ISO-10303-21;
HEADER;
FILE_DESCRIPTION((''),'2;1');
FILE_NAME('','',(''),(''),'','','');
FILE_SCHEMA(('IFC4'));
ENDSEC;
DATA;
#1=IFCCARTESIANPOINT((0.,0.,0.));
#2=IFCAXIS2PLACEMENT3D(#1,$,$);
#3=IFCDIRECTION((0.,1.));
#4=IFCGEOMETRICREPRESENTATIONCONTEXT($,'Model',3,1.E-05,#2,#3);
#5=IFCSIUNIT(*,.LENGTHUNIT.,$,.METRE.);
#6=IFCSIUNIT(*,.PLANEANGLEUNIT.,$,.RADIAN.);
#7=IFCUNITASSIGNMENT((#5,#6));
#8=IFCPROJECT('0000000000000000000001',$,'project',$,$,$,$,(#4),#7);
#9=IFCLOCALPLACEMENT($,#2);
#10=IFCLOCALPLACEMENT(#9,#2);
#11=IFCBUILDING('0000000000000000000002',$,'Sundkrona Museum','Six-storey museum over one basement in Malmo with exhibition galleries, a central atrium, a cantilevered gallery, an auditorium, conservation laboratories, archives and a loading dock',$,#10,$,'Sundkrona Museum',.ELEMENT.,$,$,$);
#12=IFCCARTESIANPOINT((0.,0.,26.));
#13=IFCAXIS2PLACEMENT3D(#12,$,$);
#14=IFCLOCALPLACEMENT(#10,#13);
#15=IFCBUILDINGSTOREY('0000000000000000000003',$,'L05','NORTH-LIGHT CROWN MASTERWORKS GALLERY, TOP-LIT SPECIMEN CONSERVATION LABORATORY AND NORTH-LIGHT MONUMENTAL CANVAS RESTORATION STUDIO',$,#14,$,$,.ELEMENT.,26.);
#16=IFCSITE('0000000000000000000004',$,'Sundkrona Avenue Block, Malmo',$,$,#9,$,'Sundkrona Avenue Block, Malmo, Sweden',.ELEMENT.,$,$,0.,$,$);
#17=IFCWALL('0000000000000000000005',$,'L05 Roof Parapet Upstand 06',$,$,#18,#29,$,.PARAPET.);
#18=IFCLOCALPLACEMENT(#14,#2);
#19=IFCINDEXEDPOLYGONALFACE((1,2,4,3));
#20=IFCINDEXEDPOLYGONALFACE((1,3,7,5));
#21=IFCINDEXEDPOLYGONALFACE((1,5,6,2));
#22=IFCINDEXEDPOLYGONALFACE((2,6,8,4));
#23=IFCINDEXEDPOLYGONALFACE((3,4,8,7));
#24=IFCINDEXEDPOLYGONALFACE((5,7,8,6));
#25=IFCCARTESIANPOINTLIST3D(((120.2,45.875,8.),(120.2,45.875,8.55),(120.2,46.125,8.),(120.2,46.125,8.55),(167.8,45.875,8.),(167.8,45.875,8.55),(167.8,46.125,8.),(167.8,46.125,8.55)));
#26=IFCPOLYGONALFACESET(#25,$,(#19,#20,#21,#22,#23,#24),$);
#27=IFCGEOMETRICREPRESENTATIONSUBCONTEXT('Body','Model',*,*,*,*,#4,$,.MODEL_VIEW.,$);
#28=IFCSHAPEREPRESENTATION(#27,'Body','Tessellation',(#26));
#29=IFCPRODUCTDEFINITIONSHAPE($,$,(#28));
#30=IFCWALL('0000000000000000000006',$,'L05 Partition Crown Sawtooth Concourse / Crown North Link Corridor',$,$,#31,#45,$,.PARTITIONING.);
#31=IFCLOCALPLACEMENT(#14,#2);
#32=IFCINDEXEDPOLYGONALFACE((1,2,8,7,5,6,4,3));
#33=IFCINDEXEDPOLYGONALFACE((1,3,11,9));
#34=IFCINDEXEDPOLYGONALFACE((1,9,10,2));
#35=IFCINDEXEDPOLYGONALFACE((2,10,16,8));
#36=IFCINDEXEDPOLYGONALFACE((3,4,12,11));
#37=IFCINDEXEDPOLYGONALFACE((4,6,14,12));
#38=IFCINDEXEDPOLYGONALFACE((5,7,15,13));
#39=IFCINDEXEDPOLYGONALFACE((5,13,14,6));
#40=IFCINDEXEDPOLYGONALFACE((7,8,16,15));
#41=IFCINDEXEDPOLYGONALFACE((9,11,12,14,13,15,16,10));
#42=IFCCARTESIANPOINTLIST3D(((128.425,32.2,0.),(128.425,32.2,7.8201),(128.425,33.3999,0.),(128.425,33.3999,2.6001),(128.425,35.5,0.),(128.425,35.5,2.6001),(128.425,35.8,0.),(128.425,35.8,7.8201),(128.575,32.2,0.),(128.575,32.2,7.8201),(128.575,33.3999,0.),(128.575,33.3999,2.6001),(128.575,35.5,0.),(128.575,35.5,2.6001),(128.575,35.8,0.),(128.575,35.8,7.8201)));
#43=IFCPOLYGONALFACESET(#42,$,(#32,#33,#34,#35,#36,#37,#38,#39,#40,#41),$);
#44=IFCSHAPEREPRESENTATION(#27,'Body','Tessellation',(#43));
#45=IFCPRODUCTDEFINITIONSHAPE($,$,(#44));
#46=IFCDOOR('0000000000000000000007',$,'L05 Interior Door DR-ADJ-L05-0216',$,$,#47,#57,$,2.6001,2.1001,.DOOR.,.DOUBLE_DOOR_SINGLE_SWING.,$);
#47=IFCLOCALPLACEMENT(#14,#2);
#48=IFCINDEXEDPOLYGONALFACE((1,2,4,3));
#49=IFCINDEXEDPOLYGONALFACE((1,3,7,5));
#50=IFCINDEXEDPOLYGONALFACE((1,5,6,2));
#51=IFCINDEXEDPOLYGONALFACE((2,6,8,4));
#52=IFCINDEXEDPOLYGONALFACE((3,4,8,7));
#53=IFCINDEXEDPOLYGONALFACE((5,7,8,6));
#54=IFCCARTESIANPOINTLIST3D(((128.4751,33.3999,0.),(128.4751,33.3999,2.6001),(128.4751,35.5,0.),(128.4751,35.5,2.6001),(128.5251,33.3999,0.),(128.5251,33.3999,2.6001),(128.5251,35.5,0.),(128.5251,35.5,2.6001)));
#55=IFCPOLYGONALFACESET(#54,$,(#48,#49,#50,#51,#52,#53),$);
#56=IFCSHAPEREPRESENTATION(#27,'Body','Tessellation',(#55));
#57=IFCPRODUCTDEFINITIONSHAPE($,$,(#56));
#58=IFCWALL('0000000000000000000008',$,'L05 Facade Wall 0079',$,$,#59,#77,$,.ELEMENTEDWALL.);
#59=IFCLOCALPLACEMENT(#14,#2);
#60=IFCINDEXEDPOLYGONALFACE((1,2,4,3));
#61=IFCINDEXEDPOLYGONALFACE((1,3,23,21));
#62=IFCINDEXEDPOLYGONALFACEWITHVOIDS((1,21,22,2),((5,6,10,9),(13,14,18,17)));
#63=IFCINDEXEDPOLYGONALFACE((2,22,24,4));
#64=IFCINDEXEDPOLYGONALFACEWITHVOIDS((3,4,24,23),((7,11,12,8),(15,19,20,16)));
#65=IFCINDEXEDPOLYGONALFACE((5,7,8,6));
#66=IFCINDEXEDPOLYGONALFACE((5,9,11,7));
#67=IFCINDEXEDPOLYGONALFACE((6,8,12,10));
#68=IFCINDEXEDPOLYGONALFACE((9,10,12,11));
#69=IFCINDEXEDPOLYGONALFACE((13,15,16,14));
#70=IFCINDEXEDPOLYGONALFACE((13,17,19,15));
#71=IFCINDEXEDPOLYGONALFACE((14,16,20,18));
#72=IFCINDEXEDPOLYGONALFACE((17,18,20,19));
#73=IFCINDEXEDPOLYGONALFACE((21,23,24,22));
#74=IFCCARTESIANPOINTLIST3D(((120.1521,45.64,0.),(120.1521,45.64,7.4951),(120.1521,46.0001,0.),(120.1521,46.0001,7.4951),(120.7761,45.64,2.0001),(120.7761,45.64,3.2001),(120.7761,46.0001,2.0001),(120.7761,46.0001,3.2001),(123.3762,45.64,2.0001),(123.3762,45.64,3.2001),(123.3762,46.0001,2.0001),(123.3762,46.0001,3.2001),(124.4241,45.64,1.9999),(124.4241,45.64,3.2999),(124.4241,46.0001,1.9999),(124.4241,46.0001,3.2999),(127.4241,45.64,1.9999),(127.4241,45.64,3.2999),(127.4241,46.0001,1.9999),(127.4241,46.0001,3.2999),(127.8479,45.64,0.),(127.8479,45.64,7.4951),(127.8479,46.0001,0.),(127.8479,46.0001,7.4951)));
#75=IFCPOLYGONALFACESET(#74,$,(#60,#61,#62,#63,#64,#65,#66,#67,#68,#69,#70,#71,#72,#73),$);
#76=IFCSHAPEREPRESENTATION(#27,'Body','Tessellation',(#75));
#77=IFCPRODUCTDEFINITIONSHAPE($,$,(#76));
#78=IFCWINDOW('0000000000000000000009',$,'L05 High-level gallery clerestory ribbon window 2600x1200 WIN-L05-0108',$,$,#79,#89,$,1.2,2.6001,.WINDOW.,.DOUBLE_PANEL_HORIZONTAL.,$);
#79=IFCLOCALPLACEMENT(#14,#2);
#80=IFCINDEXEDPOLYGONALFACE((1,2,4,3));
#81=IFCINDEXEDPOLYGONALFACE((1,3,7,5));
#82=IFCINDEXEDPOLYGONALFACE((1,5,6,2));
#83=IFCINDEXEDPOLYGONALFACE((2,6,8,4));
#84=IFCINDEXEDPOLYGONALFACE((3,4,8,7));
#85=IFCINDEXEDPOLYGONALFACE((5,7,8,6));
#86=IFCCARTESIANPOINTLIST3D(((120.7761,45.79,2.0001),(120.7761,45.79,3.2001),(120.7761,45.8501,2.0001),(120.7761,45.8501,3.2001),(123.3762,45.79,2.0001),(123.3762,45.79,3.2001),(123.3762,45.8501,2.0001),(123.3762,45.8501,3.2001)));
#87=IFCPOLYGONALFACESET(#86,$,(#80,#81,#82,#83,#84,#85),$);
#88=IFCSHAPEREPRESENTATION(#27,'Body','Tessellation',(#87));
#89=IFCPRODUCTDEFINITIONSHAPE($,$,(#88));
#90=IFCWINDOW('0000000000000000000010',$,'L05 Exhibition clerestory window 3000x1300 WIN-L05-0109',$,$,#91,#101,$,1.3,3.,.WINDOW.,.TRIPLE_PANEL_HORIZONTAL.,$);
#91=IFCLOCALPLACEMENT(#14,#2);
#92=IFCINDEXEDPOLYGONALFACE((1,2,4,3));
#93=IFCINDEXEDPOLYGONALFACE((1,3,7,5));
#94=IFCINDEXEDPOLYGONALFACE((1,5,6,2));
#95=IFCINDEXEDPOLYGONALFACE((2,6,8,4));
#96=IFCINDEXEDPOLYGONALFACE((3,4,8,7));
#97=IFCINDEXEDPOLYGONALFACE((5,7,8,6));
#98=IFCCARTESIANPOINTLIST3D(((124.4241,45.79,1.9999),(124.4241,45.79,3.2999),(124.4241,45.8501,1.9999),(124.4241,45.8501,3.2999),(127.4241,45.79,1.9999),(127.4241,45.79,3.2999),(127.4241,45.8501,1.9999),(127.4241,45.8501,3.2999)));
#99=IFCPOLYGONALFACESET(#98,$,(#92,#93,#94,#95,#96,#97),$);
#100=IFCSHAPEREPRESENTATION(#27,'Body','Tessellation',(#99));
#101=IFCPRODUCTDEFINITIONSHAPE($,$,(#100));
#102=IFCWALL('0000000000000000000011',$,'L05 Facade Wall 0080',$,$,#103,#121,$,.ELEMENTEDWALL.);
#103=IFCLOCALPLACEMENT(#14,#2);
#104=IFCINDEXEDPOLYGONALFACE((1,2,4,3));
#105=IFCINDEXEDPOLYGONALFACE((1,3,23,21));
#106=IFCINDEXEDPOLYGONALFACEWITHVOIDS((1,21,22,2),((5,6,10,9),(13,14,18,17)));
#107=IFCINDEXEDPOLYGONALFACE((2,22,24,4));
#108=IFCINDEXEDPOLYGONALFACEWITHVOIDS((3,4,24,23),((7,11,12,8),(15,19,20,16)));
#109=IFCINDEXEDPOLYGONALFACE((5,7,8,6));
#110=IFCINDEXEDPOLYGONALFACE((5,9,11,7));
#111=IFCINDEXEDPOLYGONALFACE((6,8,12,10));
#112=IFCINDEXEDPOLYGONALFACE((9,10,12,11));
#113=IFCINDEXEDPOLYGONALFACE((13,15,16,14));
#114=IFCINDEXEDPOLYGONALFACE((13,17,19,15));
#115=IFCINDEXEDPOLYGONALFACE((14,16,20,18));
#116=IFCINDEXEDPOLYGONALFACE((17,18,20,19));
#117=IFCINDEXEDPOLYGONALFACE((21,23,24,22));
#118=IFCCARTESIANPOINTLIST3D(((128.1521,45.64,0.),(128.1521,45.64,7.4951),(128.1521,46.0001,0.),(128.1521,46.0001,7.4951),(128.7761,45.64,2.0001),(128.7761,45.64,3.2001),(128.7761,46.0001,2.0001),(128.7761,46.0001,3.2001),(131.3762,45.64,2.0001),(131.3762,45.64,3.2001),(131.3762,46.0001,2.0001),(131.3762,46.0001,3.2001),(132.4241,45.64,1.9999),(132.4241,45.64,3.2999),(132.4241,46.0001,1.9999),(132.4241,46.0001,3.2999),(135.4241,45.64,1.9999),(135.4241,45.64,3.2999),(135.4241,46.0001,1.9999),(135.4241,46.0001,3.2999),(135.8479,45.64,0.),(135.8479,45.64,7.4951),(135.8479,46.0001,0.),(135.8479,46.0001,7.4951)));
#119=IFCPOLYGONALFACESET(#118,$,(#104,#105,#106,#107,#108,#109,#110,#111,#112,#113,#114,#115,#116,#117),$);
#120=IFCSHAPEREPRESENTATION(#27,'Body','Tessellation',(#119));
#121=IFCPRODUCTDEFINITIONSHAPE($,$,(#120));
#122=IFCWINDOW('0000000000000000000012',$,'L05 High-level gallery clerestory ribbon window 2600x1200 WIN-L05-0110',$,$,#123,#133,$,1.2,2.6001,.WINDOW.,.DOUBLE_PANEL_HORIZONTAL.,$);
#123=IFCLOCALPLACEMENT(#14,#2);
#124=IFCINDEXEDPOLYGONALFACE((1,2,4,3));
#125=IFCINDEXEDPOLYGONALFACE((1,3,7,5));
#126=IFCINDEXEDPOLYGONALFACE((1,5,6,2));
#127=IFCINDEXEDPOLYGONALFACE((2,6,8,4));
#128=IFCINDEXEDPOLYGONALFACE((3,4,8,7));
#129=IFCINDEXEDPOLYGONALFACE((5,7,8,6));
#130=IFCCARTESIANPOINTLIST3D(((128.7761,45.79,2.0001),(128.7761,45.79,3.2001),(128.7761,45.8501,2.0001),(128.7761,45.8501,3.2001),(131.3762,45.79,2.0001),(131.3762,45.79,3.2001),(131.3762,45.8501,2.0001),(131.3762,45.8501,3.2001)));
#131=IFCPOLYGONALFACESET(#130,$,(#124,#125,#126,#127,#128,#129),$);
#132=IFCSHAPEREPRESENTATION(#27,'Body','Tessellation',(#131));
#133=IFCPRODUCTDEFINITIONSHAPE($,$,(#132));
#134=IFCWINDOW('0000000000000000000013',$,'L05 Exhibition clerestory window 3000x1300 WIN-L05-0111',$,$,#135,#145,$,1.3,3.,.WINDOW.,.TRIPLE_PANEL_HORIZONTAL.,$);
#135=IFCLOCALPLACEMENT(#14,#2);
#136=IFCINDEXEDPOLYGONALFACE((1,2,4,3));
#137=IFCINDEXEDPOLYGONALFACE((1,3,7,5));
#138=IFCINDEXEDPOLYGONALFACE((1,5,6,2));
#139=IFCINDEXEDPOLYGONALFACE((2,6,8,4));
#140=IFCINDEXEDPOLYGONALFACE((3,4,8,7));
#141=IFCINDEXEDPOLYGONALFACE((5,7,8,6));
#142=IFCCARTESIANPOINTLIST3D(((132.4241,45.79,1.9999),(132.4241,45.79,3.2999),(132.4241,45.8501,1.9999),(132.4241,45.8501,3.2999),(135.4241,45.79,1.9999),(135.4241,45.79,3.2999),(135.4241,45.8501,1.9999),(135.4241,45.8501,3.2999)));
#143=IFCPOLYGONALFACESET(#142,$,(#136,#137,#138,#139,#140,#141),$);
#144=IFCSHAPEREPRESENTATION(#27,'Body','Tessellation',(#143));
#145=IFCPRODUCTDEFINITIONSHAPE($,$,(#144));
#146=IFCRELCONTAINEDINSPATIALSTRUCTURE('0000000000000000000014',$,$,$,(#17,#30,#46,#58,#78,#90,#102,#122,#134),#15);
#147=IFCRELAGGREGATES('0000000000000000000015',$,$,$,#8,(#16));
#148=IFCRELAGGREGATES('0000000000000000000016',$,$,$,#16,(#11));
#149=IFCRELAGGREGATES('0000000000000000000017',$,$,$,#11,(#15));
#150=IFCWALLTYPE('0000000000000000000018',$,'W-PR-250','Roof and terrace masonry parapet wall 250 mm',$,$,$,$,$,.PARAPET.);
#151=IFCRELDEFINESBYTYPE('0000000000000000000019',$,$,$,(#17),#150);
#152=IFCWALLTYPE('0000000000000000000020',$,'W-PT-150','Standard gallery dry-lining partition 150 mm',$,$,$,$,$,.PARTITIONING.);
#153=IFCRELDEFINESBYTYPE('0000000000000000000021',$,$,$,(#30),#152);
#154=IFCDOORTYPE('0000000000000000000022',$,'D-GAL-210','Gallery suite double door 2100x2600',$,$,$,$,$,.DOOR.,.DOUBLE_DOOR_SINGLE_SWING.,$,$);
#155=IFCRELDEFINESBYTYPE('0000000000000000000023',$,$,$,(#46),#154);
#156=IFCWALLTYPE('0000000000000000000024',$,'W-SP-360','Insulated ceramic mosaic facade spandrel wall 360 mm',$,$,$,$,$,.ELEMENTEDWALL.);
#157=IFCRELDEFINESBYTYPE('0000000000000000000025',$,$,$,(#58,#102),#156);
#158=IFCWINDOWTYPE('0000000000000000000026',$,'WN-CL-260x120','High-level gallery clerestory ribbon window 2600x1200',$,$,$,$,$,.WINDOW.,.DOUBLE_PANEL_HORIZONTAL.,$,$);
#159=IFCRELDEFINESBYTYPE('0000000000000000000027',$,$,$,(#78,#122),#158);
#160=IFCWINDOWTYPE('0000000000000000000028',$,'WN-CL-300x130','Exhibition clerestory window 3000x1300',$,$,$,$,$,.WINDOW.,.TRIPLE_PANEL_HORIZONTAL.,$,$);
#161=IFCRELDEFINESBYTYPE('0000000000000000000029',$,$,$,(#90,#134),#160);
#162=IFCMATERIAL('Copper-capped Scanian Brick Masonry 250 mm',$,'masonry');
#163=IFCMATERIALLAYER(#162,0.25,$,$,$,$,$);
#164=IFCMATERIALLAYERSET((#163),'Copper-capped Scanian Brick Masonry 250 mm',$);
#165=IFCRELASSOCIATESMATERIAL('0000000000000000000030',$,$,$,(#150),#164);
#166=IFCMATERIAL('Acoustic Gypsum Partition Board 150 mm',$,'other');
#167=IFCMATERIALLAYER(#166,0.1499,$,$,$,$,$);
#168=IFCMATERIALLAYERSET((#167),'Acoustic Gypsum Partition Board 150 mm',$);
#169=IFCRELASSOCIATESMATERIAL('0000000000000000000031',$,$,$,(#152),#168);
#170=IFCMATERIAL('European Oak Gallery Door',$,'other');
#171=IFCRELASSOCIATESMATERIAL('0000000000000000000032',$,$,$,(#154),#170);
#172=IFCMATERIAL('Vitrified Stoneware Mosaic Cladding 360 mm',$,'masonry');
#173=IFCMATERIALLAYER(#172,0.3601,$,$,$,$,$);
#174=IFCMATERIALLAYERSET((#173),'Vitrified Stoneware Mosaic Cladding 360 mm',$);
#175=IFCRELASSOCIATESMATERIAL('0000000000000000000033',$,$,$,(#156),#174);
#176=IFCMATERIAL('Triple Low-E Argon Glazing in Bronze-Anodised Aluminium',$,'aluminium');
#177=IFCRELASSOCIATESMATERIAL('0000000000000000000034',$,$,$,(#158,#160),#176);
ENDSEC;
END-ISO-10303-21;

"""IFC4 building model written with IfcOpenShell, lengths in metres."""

from ifc_helpers import new_model, si_unit, direction, frame, frame_2d, origin, place, context, subcontext, project, spatial, rectangle, extrude, material, layer, layer_set, type_object, element, fill, save


model = new_model("IFC4")

# Units and contexts
model_context = context("Model", 3, precision=1e-05, world=origin(), true_north=direction((0.0, 1.0)))
body_context = subcontext(model_context, "Body", "Model", "MODEL_VIEW")
ifc_project = project(units=[si_unit("LENGTHUNIT", "METRE"), si_unit("PLANEANGLEUNIT", "RADIAN")], contexts=[model_context])

# Site, building, storey
site_placement = place(None, origin())
site = spatial("IfcSite", under=ifc_project, at=site_placement, Name="Sundkrona Avenue Block, Malmo", LongName="Sundkrona Avenue Block, Malmo, Sweden", CompositionType="ELEMENT", RefElevation=0.0)
building_placement = place(site_placement, origin())
building = spatial("IfcBuilding", under=site, at=building_placement, Name="Sundkrona Museum", Description="Six-storey museum over one basement in Malmo with exhibition galleries, a central atrium, a cantilevered gallery, an auditorium, conservation laboratories, archives and a loading dock", LongName="Sundkrona Museum", CompositionType="ELEMENT")
storey_placement = place(building_placement, frame((0.0, 0.0, 26.0)))
storey = spatial("IfcBuildingStorey", under=building, at=storey_placement, Name="L05", Description="NORTH-LIGHT CROWN MASTERWORKS GALLERY, TOP-LIT SPECIMEN CONSERVATION LABORATORY AND NORTH-LIGHT MONUMENTAL CANVAS RESTORATION STUDIO", CompositionType="ELEMENT", Elevation=26.0)

# Shared definitions
ifc_material_1 = material(Name="Triple Low-E Argon Glazing in Bronze-Anodised Aluminium", Category="aluminium")

# Wall
ifc_material_2 = material(Name="Copper-capped Scanian Brick Masonry 250 mm", Category="masonry")
ifc_layer_1 = layer(ifc_material_2, 0.25)
ifc_layer_set_1 = layer_set([ifc_layer_1], Name="Copper-capped Scanian Brick Masonry 250 mm")
wall_type_1 = type_object("IfcWallType", Name="W-PR-250", Description="Roof and terrace masonry parapet wall 250 mm", PredefinedType="PARAPET", material=ifc_layer_set_1)
wall_1_placement = place(storey_placement, frame((120.2, 46.0, 8.0), z_axis=(0.0, 0.0, 1.0), x_axis=(1.0, 0.0, 0.0)))
element("IfcWall", 1, at=wall_1_placement, inside=storey, type_object=wall_type_1, Name="L05 Roof Parapet Upstand 06", PredefinedType="PARAPET", context=body_context, shape_type="SweptSolid", body=[
    extrude(rectangle(XDim=47.6001, YDim=0.25, at=frame_2d((23.8, 0.0))), origin(), (0.0, 0.0, 1.0), 0.55),
])

# Wall, opening, door
ifc_material_3 = material(Name="Acoustic Gypsum Partition Board 150 mm", Category="other")
ifc_layer_2 = layer(ifc_material_3, 0.1499)
ifc_layer_set_2 = layer_set([ifc_layer_2], Name="Acoustic Gypsum Partition Board 150 mm")
wall_type_2 = type_object("IfcWallType", Name="W-PT-150", Description="Standard gallery dry-lining partition 150 mm", PredefinedType="PARTITIONING", material=ifc_layer_set_2)
wall_2_placement = place(storey_placement, frame((128.5, 32.2, 0.0), z_axis=(0.0, 0.0, 1.0), x_axis=(0.0, 1.0, 0.0)))
wall_2 = element("IfcWall", 2, at=wall_2_placement, inside=storey, type_object=wall_type_2, Name="L05 Partition Crown Sawtooth Concourse / Crown North Link Corridor", PredefinedType="PARTITIONING", context=body_context, shape_type="SweptSolid", body=[
    extrude(rectangle(XDim=3.6001, YDim=0.1499, at=frame_2d((1.8, 0.0))), origin(), (0.0, 0.0, 1.0), 7.8201),
])
opening_1_placement = place(wall_2_placement, frame((1.2, 0.0, 0.0)))
opening_1 = element("IfcOpeningElement", 3, at=opening_1_placement, cuts=wall_2, PredefinedType="OPENING", context=body_context, shape_type="SweptSolid", body=[
    extrude(rectangle(XDim=2.1001, YDim=2.6001, at=frame_2d((1.05, 1.3))), frame((0.0, 0.085, 0.0), z_axis=(0.0, -1.0, 0.0), x_axis=(1.0, 0.0, 0.0)), (0.0, 0.0, 1.0), 0.1699),
])
ifc_material_4 = material(Name="European Oak Gallery Door", Category="other")
door_type_1 = type_object("IfcDoorType", Name="D-GAL-210", Description="Gallery suite double door 2100x2600", OperationType="DOUBLE_DOOR_SINGLE_SWING", PredefinedType="DOOR", material=ifc_material_4)
door_1_placement = place(opening_1_placement, origin())
door_1 = element("IfcDoor", 4, at=door_1_placement, inside=storey, type_object=door_type_1, Name="L05 Interior Door DR-ADJ-L05-0216", OperationType="DOUBLE_DOOR_SINGLE_SWING", OverallHeight=2.6001, OverallWidth=2.1001, PredefinedType="DOOR", context=body_context, shape_type="SweptSolid", body=[
    extrude(rectangle(XDim=2.1001, YDim=2.6001, at=frame_2d((1.05, 1.3))), frame((0.0, 0.0249, 0.0), z_axis=(0.0, -1.0, 0.0), x_axis=(1.0, 0.0, 0.0)), (0.0, 0.0, 1.0), 0.05),
])
fill(opening_1, door_1)

# Walls, openings, windows
ifc_material_5 = material(Name="Vitrified Stoneware Mosaic Cladding 360 mm", Category="masonry")
ifc_layer_3 = layer(ifc_material_5, 0.3601)
ifc_layer_set_3 = layer_set([ifc_layer_3], Name="Vitrified Stoneware Mosaic Cladding 360 mm")
wall_type_3 = type_object("IfcWallType", Name="W-SP-360", Description="Insulated ceramic mosaic facade spandrel wall 360 mm", PredefinedType="ELEMENTEDWALL", material=ifc_layer_set_3)
wall_3_placement = place(storey_placement, frame((120.1521, 45.8201, 0.0), z_axis=(0.0, 0.0, 1.0), x_axis=(1.0, 0.0, 0.0)))
wall_3 = element("IfcWall", 5, at=wall_3_placement, inside=storey, type_object=wall_type_3, Name="L05 Facade Wall 0079", PredefinedType="ELEMENTEDWALL", context=body_context, shape_type="SweptSolid", body=[
    extrude(rectangle(XDim=7.6958, YDim=0.3601, at=frame_2d((3.8479, 0.0))), origin(), (0.0, 0.0, 1.0), 7.4951),
])
opening_2_placement = place(wall_3_placement, frame((0.624, 0.0, 2.0)))
opening_2 = element("IfcOpeningElement", 6, at=opening_2_placement, cuts=wall_3, PredefinedType="OPENING", context=body_context, shape_type="SweptSolid", body=[
    extrude(rectangle(XDim=2.6001, YDim=1.2, at=frame_2d((1.3, 0.6001))), frame((0.0, 0.1899, 0.0), z_axis=(0.0, -1.0, 0.0), x_axis=(1.0, 0.0, 0.0)), (0.0, 0.0, 1.0), 0.3801),
])
opening_3_placement = place(wall_3_placement, frame((4.272, 0.0, 2.0)))
opening_3 = element("IfcOpeningElement", 7, at=opening_3_placement, cuts=wall_3, PredefinedType="OPENING", context=body_context, shape_type="SweptSolid", body=[
    extrude(rectangle(XDim=3.0, YDim=1.3, at=frame_2d((1.5, 0.6499))), frame((0.0, 0.1899, 0.0), z_axis=(0.0, -1.0, 0.0), x_axis=(1.0, 0.0, 0.0)), (0.0, 0.0, 1.0), 0.3801),
])
window_type_1 = type_object("IfcWindowType", Name="WN-CL-260x120", Description="High-level gallery clerestory ribbon window 2600x1200", PartitioningType="DOUBLE_PANEL_HORIZONTAL", PredefinedType="WINDOW", material=ifc_material_1)
window_1_placement = place(opening_2_placement, origin())
window_1 = element("IfcWindow", 8, at=window_1_placement, inside=storey, type_object=window_type_1, Name="L05 High-level gallery clerestory ribbon window 2600x1200 WIN-L05-0108", OverallHeight=1.2, OverallWidth=2.6001, PartitioningType="DOUBLE_PANEL_HORIZONTAL", PredefinedType="WINDOW", context=body_context, shape_type="SweptSolid", body=[
    extrude(rectangle(XDim=2.6001, YDim=1.2, at=frame_2d((1.3, 0.6001))), frame((0.0, 0.03, 0.0), z_axis=(0.0, -1.0, 0.0), x_axis=(1.0, 0.0, 0.0)), (0.0, 0.0, 1.0), 0.0601),
])
fill(opening_2, window_1)
window_type_2 = type_object("IfcWindowType", Name="WN-CL-300x130", Description="Exhibition clerestory window 3000x1300", PartitioningType="TRIPLE_PANEL_HORIZONTAL", PredefinedType="WINDOW", material=ifc_material_1)
window_2_placement = place(opening_3_placement, origin())
window_2 = element("IfcWindow", 9, at=window_2_placement, inside=storey, type_object=window_type_2, Name="L05 Exhibition clerestory window 3000x1300 WIN-L05-0109", OverallHeight=1.3, OverallWidth=3.0, PartitioningType="TRIPLE_PANEL_HORIZONTAL", PredefinedType="WINDOW", context=body_context, shape_type="SweptSolid", body=[
    extrude(rectangle(XDim=3.0, YDim=1.3, at=frame_2d((1.5, 0.6499))), frame((0.0, 0.03, 0.0), z_axis=(0.0, -1.0, 0.0), x_axis=(1.0, 0.0, 0.0)), (0.0, 0.0, 1.0), 0.0601),
])
fill(opening_3, window_2)
wall_4_placement = place(storey_placement, frame((128.1521, 45.8201, 0.0), z_axis=(0.0, 0.0, 1.0), x_axis=(1.0, 0.0, 0.0)))
wall_4 = element("IfcWall", 10, at=wall_4_placement, inside=storey, type_object=wall_type_3, Name="L05 Facade Wall 0080", PredefinedType="ELEMENTEDWALL", context=body_context, shape_type="SweptSolid", body=[
    extrude(rectangle(XDim=7.6958, YDim=0.3601, at=frame_2d((3.8479, 0.0))), origin(), (0.0, 0.0, 1.0), 7.4951),
])
opening_4_placement = place(wall_4_placement, frame((0.624, 0.0, 2.0)))
opening_4 = element("IfcOpeningElement", 11, at=opening_4_placement, cuts=wall_4, PredefinedType="OPENING", context=body_context, shape_type="SweptSolid", body=[
    extrude(rectangle(XDim=2.6001, YDim=1.2, at=frame_2d((1.3, 0.6001))), frame((0.0, 0.1899, 0.0), z_axis=(0.0, -1.0, 0.0), x_axis=(1.0, 0.0, 0.0)), (0.0, 0.0, 1.0), 0.3801),
])
opening_5_placement = place(wall_4_placement, frame((4.272, 0.0, 2.0)))
opening_5 = element("IfcOpeningElement", 12, at=opening_5_placement, cuts=wall_4, PredefinedType="OPENING", context=body_context, shape_type="SweptSolid", body=[
    extrude(rectangle(XDim=3.0, YDim=1.3, at=frame_2d((1.5, 0.6499))), frame((0.0, 0.1899, 0.0), z_axis=(0.0, -1.0, 0.0), x_axis=(1.0, 0.0, 0.0)), (0.0, 0.0, 1.0), 0.3801),
])
window_3_placement = place(opening_4_placement, origin())
window_3 = element("IfcWindow", 13, at=window_3_placement, inside=storey, type_object=window_type_1, Name="L05 High-level gallery clerestory ribbon window 2600x1200 WIN-L05-0110", OverallHeight=1.2, OverallWidth=2.6001, PartitioningType="DOUBLE_PANEL_HORIZONTAL", PredefinedType="WINDOW", context=body_context, shape_type="SweptSolid", body=[
    extrude(rectangle(XDim=2.6001, YDim=1.2, at=frame_2d((1.3, 0.6001))), frame((0.0, 0.03, 0.0), z_axis=(0.0, -1.0, 0.0), x_axis=(1.0, 0.0, 0.0)), (0.0, 0.0, 1.0), 0.0601),
])
fill(opening_4, window_3)
window_4_placement = place(opening_5_placement, origin())
window_4 = element("IfcWindow", 14, at=window_4_placement, inside=storey, type_object=window_type_2, Name="L05 Exhibition clerestory window 3000x1300 WIN-L05-0111", OverallHeight=1.3, OverallWidth=3.0, PartitioningType="TRIPLE_PANEL_HORIZONTAL", PredefinedType="WINDOW", context=body_context, shape_type="SweptSolid", body=[
    extrude(rectangle(XDim=3.0, YDim=1.3, at=frame_2d((1.5, 0.6499))), frame((0.0, 0.03, 0.0), z_axis=(0.0, -1.0, 0.0), x_axis=(1.0, 0.0, 0.0)), (0.0, 0.0, 1.0), 0.0601),
])
fill(opening_5, window_4)

save(model, "model.ifc")
